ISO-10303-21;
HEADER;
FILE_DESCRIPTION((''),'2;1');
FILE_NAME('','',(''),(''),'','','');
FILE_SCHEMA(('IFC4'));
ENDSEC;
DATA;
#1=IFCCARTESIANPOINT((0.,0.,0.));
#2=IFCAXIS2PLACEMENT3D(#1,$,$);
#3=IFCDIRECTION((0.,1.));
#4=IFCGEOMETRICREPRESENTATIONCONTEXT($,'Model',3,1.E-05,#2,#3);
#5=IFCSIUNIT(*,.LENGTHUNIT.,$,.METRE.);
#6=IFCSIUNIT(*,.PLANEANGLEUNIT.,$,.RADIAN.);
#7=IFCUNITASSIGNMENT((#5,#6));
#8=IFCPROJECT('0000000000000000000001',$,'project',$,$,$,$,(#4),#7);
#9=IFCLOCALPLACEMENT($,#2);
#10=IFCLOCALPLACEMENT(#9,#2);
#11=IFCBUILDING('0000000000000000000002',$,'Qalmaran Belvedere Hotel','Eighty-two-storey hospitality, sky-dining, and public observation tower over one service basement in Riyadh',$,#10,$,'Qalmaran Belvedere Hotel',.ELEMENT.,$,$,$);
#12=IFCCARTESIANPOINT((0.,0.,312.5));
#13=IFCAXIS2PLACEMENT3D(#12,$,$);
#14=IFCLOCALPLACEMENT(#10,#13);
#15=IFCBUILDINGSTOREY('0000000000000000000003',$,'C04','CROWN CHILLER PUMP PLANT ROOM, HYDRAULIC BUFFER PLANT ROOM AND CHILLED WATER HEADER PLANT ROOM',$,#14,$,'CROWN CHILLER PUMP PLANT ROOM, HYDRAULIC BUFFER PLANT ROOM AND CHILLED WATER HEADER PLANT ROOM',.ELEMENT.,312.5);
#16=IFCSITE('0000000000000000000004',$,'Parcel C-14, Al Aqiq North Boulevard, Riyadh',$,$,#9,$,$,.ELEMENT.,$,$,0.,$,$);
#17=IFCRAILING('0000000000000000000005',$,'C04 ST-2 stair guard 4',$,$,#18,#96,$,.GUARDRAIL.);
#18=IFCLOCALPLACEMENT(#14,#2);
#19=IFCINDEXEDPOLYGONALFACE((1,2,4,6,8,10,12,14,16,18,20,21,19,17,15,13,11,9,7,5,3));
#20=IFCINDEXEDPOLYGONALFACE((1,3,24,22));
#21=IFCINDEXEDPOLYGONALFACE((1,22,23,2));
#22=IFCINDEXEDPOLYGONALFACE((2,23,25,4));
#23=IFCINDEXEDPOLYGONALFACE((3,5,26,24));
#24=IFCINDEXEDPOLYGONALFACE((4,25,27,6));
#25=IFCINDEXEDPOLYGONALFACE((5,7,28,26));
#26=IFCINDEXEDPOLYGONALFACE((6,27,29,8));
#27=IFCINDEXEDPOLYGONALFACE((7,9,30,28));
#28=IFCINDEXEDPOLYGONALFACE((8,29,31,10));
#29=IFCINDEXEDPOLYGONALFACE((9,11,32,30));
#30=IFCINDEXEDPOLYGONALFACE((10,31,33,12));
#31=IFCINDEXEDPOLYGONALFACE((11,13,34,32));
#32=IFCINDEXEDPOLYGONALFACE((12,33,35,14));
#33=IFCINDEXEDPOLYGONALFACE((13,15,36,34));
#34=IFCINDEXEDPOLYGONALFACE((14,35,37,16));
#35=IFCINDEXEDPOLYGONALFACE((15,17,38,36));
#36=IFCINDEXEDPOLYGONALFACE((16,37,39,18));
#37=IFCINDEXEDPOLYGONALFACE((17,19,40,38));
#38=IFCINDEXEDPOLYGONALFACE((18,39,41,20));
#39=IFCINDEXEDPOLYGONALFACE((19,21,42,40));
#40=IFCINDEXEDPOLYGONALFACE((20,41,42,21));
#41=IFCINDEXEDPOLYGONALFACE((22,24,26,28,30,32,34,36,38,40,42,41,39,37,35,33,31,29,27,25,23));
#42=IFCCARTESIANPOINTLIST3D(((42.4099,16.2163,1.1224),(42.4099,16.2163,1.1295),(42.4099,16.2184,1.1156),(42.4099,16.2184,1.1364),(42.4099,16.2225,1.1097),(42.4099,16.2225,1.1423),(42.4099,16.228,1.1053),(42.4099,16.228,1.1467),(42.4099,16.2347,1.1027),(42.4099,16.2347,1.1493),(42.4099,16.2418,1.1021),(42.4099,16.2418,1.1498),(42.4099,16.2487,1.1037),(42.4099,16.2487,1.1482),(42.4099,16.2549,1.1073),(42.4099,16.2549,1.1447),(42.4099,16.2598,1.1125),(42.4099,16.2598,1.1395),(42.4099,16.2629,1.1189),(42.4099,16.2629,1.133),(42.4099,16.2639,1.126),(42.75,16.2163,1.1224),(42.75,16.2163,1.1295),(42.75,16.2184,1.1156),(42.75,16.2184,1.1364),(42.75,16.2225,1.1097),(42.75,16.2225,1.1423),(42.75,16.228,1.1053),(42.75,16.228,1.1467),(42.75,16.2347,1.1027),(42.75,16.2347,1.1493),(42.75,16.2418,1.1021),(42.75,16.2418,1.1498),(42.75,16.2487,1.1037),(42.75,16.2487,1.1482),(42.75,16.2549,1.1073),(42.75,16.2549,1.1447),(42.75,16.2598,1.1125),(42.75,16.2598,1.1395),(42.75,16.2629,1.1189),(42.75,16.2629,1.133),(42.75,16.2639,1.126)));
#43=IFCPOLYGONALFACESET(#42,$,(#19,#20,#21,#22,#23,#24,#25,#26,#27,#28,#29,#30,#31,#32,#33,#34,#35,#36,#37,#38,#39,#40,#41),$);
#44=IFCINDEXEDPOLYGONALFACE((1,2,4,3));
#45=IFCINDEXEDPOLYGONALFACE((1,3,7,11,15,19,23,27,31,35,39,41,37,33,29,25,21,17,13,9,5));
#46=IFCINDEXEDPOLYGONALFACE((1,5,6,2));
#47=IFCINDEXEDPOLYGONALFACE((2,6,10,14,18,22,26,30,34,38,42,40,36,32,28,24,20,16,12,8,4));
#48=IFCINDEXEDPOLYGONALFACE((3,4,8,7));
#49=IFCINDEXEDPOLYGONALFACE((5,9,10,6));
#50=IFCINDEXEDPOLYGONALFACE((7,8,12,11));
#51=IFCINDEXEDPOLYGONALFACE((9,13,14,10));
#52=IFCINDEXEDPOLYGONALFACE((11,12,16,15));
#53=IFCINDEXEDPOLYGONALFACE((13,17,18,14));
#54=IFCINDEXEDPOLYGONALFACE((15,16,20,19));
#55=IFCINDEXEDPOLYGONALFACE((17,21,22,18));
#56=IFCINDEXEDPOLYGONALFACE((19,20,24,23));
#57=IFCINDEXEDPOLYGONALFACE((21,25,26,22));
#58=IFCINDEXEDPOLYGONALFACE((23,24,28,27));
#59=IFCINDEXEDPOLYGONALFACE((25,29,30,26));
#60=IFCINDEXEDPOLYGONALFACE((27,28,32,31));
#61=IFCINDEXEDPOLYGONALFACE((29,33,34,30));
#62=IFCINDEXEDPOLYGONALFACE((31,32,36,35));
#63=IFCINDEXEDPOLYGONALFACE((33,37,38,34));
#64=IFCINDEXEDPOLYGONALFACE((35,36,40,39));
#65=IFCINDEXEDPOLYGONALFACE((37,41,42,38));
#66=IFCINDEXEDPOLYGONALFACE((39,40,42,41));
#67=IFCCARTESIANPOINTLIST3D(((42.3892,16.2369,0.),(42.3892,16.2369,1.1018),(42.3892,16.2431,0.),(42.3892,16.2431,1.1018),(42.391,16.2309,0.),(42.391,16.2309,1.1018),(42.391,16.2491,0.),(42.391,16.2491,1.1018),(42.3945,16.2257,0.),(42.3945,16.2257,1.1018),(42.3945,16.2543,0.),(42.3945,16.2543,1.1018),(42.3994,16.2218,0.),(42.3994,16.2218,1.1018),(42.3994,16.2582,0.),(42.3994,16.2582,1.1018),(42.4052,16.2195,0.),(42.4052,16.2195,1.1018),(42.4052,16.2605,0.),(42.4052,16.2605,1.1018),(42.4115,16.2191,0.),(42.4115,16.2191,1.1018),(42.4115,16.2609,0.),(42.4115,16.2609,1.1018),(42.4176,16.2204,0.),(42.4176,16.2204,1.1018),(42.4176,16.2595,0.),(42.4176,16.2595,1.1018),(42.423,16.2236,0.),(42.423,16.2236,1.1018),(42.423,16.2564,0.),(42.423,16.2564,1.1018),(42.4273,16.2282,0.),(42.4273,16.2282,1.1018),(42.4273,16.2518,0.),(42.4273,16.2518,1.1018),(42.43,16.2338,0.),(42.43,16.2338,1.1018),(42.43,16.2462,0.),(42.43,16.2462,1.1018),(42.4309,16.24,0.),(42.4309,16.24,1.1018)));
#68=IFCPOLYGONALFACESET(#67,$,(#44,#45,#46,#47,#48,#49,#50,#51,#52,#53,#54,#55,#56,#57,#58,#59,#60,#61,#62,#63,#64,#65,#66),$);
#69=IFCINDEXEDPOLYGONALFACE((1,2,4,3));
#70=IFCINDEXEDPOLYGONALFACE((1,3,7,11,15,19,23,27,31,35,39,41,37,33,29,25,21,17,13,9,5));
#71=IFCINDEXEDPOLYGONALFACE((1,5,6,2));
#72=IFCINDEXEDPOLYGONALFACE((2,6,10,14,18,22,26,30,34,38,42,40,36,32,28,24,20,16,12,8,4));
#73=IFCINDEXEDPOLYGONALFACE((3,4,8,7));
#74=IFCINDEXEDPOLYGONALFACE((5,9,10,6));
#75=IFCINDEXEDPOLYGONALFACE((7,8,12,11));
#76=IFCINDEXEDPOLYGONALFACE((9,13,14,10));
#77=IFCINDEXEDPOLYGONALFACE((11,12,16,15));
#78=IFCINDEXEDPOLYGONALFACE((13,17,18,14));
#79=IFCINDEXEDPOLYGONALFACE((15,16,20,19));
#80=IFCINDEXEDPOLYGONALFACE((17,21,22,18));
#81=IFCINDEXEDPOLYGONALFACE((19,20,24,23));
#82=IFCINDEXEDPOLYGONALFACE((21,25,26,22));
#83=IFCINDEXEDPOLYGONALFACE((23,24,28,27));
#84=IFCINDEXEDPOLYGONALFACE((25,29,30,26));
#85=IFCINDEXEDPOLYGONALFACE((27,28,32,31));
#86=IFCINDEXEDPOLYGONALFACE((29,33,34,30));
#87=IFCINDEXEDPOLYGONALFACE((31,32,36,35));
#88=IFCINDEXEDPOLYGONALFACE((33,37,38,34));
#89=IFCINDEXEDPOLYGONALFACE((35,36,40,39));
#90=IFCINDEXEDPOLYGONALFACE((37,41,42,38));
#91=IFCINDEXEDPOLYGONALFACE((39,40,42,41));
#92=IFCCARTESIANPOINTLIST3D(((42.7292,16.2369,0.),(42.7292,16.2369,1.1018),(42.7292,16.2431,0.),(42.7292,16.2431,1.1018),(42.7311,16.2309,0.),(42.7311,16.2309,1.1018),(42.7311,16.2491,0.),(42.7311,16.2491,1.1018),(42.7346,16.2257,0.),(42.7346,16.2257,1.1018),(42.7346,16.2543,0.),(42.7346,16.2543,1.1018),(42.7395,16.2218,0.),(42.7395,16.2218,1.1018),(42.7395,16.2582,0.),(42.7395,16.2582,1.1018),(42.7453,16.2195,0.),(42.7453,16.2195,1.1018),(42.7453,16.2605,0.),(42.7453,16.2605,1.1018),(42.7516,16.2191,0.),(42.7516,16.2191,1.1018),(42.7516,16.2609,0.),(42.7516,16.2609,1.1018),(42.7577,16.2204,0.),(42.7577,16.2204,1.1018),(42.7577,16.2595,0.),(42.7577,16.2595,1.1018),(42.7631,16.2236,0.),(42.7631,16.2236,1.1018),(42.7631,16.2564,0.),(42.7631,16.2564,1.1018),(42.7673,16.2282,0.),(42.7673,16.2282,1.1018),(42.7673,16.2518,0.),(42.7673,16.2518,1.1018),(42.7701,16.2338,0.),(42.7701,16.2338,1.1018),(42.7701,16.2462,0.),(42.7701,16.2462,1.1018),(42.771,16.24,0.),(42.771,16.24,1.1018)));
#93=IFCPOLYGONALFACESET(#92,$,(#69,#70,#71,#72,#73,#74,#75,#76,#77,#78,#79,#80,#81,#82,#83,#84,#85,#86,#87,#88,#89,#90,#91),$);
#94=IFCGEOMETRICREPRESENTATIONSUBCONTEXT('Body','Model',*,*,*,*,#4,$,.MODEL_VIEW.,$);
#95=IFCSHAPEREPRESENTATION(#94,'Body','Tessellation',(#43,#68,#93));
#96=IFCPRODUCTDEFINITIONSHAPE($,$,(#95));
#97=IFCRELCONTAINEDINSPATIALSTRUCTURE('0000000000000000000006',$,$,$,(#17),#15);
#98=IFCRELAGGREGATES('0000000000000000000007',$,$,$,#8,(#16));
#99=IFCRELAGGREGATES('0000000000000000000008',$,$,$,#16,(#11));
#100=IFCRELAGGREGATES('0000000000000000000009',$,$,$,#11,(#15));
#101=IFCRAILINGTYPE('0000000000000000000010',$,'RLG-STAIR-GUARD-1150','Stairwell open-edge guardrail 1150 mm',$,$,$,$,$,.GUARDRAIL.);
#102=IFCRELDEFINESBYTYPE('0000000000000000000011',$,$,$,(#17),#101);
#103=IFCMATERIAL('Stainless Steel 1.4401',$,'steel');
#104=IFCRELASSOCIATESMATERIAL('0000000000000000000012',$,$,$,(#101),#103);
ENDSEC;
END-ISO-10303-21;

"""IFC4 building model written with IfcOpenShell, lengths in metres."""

from ifc_helpers import new_model, si_unit, direction, frame, origin, origin_2d, place, context, subcontext, project, spatial, circle, extrude, material, type_object, element, save


model = new_model("IFC4")

# Units and contexts
model_context = context("Model", 3, precision=1e-05, world=origin(), true_north=direction((0.0, 1.0)))
body_context = subcontext(model_context, "Body", "Model", "MODEL_VIEW")
ifc_project = project(units=[si_unit("LENGTHUNIT", "METRE"), si_unit("PLANEANGLEUNIT", "RADIAN")], contexts=[model_context])

# Site, building, storey
site_placement = place(None, origin())
site = spatial("IfcSite", under=ifc_project, at=site_placement, Name="Parcel C-14, Al Aqiq North Boulevard, Riyadh", CompositionType="ELEMENT", RefElevation=0.0)
building_placement = place(site_placement, origin())
building = spatial("IfcBuilding", under=site, at=building_placement, Name="Qalmaran Belvedere Hotel", Description="Eighty-two-storey hospitality, sky-dining, and public observation tower over one service basement in Riyadh", LongName="Qalmaran Belvedere Hotel", CompositionType="ELEMENT")
storey_placement = place(building_placement, frame((0.0, 0.0, 312.5)))
storey = spatial("IfcBuildingStorey", under=building, at=storey_placement, Name="C04", Description="CROWN CHILLER PUMP PLANT ROOM, HYDRAULIC BUFFER PLANT ROOM AND CHILLED WATER HEADER PLANT ROOM", LongName="CROWN CHILLER PUMP PLANT ROOM, HYDRAULIC BUFFER PLANT ROOM AND CHILLED WATER HEADER PLANT ROOM", CompositionType="ELEMENT", Elevation=312.5)

# Railing
ifc_material_1 = material(Name="Stainless Steel 1.4401", Category="steel")
railing_type_1 = type_object("IfcRailingType", Name="RLG-STAIR-GUARD-1150", Description="Stairwell open-edge guardrail 1150 mm", PredefinedType="GUARDRAIL", material=ifc_material_1)
railing_1_placement = place(storey_placement, frame((42.4099, 16.24, 0.0)))
element("IfcRailing", 1, at=railing_1_placement, inside=storey, type_object=railing_type_1, Name="C04 ST-2 stair guard 4", PredefinedType="GUARDRAIL", context=body_context, shape_type="SweptSolid", body=[
    extrude(circle(Radius=0.0239, at=origin_2d()), frame((0.0, 0.0, 1.126), z_axis=(1.0, 0.0, 0.0), x_axis=(0.0, 1.0, 0.0)), (0.0, 0.0, 1.0), 0.3401),
    extrude(circle(Radius=0.021, at=origin_2d()), origin(), (0.0, 0.0, 1.0), 1.1018),
    extrude(circle(Radius=0.021, at=origin_2d()), frame((0.3401, 0.0, 0.0)), (0.0, 0.0, 1.0), 1.1018),
])

save(model, "model.ifc")
